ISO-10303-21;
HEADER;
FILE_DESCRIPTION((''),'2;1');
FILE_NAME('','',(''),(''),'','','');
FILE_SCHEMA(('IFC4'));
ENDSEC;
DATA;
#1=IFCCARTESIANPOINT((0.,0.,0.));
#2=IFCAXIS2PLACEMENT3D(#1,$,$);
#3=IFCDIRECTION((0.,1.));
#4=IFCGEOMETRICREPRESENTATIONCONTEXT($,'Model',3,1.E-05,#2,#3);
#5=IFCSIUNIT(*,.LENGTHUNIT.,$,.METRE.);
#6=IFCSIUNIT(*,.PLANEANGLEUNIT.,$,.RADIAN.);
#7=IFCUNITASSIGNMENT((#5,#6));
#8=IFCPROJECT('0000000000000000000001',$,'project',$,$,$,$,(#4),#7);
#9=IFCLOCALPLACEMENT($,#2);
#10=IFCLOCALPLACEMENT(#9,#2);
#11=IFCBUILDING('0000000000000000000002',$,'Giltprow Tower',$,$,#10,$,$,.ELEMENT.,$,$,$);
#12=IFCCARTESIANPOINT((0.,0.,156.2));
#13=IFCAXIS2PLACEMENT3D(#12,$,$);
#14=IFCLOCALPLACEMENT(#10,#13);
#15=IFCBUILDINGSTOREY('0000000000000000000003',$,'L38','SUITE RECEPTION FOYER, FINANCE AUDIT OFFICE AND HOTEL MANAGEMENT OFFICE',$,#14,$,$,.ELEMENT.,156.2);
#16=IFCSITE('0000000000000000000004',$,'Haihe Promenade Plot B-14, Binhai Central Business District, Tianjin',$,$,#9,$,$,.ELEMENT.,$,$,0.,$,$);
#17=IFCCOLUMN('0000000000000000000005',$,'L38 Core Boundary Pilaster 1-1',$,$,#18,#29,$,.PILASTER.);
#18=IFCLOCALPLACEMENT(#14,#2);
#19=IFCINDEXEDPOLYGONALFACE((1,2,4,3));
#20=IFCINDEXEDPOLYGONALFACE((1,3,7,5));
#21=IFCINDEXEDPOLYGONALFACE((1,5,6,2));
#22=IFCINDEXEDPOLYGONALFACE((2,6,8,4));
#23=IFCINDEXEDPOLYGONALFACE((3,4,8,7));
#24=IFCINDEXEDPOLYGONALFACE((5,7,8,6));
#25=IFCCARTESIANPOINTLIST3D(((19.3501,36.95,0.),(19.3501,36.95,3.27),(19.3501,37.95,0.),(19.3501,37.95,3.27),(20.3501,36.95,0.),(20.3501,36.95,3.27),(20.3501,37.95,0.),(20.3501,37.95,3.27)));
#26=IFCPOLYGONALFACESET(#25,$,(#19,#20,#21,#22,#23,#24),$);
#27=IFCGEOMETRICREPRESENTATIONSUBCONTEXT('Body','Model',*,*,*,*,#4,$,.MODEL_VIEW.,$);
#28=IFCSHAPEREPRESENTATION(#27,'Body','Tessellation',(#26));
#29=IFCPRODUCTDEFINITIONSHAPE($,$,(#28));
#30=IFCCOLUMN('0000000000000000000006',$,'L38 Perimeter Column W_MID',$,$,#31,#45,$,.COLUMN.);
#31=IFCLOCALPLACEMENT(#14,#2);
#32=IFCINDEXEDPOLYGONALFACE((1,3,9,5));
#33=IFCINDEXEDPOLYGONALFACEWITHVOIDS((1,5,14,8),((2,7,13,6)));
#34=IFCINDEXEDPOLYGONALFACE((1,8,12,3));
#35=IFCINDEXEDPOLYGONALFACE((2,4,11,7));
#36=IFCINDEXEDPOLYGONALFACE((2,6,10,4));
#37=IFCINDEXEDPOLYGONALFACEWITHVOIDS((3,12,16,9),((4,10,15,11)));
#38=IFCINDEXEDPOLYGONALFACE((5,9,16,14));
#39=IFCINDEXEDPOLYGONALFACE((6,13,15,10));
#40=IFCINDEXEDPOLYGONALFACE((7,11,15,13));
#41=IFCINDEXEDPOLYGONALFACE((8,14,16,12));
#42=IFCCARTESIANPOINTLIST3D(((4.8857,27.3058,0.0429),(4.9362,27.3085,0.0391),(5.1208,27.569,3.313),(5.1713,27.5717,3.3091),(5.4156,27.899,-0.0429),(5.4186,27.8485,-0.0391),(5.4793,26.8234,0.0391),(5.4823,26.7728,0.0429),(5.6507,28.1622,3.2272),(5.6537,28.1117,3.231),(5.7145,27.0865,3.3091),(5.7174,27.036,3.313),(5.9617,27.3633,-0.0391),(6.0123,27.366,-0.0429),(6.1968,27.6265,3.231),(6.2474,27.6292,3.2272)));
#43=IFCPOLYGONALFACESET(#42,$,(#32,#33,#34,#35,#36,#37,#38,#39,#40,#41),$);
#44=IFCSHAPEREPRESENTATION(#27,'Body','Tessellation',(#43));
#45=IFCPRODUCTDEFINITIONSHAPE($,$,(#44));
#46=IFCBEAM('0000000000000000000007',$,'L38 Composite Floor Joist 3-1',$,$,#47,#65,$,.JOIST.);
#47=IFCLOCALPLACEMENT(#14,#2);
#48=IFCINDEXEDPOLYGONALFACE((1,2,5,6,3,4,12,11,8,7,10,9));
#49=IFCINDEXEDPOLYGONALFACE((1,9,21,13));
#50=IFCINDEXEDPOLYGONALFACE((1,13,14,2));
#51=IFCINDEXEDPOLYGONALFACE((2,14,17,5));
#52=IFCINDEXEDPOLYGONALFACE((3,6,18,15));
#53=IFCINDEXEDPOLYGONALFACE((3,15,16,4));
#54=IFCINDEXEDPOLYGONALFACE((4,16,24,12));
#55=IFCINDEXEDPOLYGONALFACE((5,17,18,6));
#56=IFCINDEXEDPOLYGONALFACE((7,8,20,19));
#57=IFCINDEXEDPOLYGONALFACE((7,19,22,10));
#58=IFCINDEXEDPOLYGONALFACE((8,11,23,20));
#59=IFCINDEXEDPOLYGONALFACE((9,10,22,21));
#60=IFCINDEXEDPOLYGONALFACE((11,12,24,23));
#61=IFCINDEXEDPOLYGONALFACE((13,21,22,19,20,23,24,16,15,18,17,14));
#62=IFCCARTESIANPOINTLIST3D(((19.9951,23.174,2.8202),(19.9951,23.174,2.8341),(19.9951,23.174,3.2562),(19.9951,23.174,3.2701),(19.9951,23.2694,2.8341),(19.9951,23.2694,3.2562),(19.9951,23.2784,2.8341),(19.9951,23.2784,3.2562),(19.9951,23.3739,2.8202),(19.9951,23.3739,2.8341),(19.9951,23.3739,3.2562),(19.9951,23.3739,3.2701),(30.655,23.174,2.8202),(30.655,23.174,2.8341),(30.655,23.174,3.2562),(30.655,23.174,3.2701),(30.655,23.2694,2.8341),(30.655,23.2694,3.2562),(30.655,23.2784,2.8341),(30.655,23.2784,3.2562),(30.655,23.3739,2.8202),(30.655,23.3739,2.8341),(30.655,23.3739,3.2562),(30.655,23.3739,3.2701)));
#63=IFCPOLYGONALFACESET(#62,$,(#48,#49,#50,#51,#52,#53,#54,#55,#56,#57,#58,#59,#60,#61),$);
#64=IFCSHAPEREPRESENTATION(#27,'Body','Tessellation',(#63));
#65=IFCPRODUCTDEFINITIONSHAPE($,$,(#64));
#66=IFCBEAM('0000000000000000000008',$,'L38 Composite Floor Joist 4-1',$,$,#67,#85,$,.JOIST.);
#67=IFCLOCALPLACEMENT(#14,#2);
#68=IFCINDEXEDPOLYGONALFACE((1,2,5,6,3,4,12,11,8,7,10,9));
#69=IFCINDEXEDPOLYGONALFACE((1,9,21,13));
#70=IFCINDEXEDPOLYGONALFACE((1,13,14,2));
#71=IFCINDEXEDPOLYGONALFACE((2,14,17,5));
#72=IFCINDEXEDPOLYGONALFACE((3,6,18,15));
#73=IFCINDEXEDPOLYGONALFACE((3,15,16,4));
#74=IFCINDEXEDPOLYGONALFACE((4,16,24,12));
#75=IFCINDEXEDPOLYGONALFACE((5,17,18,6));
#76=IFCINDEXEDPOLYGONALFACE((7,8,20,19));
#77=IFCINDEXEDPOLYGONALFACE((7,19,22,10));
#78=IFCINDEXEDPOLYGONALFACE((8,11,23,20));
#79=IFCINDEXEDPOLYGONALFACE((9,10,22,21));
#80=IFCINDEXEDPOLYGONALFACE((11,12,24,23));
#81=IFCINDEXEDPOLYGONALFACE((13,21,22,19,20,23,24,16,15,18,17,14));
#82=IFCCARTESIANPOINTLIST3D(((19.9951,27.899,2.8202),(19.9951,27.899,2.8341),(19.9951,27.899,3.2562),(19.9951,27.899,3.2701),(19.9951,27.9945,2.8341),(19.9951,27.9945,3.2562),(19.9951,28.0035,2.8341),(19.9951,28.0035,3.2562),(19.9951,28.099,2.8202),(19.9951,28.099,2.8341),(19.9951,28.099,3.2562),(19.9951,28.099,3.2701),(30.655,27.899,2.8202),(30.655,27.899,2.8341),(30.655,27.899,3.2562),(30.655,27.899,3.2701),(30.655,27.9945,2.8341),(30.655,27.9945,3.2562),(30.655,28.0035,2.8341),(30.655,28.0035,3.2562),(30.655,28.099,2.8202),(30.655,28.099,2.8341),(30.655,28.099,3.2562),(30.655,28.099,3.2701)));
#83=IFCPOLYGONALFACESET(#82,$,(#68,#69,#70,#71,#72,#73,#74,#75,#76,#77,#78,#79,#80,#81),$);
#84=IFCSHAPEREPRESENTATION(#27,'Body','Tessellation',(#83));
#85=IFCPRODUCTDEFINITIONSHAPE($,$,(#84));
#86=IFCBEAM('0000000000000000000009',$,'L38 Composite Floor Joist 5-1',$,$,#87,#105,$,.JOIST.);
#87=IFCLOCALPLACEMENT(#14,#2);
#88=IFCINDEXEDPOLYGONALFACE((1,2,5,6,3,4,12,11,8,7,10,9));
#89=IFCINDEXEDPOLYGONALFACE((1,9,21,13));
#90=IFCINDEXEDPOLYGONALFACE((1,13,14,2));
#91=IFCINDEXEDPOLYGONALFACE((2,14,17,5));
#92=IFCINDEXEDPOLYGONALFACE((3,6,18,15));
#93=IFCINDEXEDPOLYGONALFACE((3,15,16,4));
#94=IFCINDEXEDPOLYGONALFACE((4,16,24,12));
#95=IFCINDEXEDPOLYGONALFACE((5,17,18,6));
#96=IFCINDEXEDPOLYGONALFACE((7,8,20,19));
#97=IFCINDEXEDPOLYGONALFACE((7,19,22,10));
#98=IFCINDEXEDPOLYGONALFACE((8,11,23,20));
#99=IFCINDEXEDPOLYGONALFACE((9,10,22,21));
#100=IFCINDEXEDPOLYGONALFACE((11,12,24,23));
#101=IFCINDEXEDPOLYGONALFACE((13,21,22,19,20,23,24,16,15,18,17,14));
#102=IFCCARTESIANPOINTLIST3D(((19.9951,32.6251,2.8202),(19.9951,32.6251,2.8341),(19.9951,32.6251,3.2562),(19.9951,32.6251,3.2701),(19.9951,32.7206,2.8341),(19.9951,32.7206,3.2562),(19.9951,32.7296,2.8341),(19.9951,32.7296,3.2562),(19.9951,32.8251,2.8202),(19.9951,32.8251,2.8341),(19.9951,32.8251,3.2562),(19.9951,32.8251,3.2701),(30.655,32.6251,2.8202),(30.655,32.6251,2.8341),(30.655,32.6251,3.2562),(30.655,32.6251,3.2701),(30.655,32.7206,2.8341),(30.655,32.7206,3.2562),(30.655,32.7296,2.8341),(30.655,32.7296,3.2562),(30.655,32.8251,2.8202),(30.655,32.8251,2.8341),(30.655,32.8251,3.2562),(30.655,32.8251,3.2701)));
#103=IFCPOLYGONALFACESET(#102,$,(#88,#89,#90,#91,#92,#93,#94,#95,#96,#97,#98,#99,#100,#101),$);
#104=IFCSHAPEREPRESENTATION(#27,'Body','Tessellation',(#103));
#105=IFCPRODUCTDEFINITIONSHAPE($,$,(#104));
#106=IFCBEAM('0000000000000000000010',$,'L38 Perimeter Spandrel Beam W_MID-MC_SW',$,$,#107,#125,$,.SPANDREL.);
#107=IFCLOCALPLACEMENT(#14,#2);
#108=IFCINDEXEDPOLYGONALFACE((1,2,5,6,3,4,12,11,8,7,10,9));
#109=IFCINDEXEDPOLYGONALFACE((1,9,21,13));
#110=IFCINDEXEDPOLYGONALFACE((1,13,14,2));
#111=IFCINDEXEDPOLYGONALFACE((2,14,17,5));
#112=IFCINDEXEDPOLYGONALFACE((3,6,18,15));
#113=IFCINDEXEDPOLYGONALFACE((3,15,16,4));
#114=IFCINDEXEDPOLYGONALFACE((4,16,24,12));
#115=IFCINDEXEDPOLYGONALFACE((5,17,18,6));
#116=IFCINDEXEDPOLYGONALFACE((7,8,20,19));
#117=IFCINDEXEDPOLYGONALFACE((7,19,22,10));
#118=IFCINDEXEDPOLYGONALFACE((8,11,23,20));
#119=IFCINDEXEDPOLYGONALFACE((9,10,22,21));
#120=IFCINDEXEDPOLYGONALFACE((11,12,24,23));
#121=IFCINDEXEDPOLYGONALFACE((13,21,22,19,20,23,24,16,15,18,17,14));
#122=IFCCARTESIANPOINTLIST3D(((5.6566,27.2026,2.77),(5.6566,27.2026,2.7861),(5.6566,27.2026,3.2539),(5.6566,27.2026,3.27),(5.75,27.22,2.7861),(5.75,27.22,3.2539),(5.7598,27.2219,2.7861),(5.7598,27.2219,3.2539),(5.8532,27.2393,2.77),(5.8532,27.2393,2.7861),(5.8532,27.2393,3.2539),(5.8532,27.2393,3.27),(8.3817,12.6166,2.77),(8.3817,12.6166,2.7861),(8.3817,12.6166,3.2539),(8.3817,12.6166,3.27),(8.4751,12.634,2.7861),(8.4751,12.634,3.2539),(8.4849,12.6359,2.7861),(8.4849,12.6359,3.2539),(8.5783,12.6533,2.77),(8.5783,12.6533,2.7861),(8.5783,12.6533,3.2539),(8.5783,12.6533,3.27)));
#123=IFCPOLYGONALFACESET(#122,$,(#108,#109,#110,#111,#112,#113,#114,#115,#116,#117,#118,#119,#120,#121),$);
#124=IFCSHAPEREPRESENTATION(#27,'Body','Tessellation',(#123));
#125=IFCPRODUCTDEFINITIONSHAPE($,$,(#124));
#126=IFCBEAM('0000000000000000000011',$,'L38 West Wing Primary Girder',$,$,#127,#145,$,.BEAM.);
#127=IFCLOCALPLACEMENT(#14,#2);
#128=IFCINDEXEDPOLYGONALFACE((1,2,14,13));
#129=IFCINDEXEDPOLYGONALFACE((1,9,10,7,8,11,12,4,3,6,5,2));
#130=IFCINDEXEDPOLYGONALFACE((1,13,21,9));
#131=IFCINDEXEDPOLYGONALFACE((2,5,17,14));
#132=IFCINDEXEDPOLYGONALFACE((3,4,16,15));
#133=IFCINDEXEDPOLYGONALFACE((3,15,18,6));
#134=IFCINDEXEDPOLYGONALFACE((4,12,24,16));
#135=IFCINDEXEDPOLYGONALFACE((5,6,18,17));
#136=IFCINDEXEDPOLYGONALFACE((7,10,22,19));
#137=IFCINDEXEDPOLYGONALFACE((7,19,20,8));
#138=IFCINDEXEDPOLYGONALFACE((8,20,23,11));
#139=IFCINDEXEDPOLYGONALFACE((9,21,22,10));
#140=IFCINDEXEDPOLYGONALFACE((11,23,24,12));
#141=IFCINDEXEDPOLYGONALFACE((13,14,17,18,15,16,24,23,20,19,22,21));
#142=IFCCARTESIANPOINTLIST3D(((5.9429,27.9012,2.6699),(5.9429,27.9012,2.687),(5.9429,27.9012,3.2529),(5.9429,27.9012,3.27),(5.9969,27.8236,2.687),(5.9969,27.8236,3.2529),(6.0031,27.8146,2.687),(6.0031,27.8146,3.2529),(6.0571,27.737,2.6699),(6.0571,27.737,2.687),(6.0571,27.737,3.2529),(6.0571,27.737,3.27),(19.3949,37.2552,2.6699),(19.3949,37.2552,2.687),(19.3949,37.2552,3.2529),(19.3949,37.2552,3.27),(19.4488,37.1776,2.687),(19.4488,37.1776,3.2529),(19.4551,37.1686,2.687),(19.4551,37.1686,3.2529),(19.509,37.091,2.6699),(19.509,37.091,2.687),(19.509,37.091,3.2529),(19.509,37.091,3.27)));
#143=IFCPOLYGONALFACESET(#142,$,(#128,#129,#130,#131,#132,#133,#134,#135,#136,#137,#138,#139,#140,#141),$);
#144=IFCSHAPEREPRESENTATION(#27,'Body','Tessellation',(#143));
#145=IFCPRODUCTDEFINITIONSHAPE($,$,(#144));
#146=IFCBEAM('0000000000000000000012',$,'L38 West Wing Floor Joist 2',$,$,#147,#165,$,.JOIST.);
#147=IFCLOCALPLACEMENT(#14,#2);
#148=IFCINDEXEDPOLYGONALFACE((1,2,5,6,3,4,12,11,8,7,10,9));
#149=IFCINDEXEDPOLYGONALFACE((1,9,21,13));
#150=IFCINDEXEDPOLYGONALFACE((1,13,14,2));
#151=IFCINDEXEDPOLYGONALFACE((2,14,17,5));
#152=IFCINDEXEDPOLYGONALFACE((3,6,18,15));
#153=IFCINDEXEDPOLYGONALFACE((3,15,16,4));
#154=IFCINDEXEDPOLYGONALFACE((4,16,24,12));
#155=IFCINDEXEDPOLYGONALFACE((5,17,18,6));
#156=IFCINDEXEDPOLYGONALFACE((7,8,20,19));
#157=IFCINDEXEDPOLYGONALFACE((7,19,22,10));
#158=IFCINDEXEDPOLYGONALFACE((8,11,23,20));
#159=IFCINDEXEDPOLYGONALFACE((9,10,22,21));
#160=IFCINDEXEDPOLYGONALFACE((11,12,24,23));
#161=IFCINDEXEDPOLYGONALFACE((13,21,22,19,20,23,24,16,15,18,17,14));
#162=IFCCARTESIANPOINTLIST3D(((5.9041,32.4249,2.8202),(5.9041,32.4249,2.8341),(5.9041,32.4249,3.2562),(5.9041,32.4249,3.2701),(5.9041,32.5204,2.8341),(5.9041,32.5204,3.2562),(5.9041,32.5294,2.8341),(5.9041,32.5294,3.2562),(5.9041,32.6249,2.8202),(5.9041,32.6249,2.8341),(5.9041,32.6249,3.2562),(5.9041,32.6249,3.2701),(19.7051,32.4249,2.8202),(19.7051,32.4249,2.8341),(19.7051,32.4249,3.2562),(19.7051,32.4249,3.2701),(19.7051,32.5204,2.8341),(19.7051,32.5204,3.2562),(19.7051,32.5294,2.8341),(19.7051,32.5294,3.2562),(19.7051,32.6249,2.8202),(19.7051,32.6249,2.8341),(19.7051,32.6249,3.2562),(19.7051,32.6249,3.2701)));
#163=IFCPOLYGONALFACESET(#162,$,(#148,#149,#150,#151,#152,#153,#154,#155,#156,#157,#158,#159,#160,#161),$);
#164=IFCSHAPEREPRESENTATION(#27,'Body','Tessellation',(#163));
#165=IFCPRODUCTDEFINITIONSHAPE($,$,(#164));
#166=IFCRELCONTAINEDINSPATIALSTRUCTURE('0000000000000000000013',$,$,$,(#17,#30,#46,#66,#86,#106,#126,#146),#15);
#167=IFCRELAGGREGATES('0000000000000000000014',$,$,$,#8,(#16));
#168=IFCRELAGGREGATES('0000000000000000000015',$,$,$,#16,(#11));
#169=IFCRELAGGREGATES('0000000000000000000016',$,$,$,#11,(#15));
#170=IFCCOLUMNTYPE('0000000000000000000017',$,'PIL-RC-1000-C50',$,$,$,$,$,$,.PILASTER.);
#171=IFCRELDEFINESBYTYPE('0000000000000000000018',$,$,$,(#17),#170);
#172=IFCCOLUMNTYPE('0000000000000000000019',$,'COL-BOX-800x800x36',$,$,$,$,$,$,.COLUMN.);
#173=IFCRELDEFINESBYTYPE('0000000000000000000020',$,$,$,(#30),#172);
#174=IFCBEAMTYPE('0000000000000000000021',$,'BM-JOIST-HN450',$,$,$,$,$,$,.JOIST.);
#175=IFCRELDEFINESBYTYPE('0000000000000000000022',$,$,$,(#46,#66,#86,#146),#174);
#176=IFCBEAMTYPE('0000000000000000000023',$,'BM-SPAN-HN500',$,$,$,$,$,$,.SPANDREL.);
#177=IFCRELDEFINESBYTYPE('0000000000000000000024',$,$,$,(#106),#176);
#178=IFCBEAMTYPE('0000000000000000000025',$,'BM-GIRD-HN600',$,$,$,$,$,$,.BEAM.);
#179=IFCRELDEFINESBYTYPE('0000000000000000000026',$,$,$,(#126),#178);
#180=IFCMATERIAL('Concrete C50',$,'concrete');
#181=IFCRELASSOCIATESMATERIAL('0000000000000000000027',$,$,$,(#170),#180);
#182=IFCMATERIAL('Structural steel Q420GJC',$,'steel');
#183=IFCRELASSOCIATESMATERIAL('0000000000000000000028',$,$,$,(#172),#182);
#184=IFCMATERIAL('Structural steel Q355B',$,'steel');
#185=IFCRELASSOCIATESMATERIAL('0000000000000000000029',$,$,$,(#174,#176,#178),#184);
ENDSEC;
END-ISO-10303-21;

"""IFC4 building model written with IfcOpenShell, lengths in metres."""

from ifc_helpers import new_model, si_unit, direction, frame, origin, origin_2d, place, context, subcontext, project, spatial, rectangle, hollow_rectangle, i_section, extrude, source, transform, mapped, material, material_profile, profile_set, type_object, element, save


model = new_model("IFC4")

# Units and contexts
model_context = context("Model", 3, precision=1e-05, world=origin(), true_north=direction((0.0, 1.0)))
body_context = subcontext(model_context, "Body", "Model", "MODEL_VIEW")
ifc_project = project(units=[si_unit("LENGTHUNIT", "METRE"), si_unit("PLANEANGLEUNIT", "RADIAN")], contexts=[model_context])

# Site, building, storey
site_placement = place(None, origin())
site = spatial("IfcSite", under=ifc_project, at=site_placement, Name="Haihe Promenade Plot B-14, Binhai Central Business District, Tianjin", CompositionType="ELEMENT", RefElevation=0.0)
building_placement = place(site_placement, origin())
building = spatial("IfcBuilding", under=site, at=building_placement, Name="Giltprow Tower", CompositionType="ELEMENT")
storey_placement = place(building_placement, frame((0.0, 0.0, 156.2)))
storey = spatial("IfcBuildingStorey", under=building, at=storey_placement, Name="L38", Description="SUITE RECEPTION FOYER, FINANCE AUDIT OFFICE AND HOTEL MANAGEMENT OFFICE", CompositionType="ELEMENT", Elevation=156.2)

# Columns
ifc_material_1 = material(Name="Concrete C50", Category="concrete")
ifc_material_profile_1 = material_profile(ifc_material_1, rectangle(XDim=1.0, YDim=1.0, at=origin_2d()), Name="RC 1000x1000")
ifc_profile_set_1 = profile_set([ifc_material_profile_1], Name="Concrete C50")
column_type_1 = type_object("IfcColumnType", Name="PIL-RC-1000-C50", PredefinedType="PILASTER", material=ifc_profile_set_1)
shared_shape_1 = source(origin(), body_context, "Body", "SweptSolid", [
    extrude(rectangle(XDim=1.0, YDim=1.0, at=origin_2d()), origin(), (0.0, 0.0, 1.0), 3.27),
])
column_1_placement = place(storey_placement, frame((19.8501, 37.45, 0.0), z_axis=(0.0, 0.0, 1.0), x_axis=(1.0, 0.0, 0.0)))
element("IfcColumn", 1, at=column_1_placement, inside=storey, type_object=column_type_1, Name="L38 Core Boundary Pilaster 1-1", PredefinedType="PILASTER", context=body_context, shape_type="MappedRepresentation", body=[
    mapped(shared_shape_1, transform((0.0, 0.0, 0.0), x_axis=(1.0, 0.0, 0.0), y_axis=(0.0, 1.0, 0.0), z_axis=(0.0, 0.0, 1.0), scale=1.0)),
])
ifc_material_2 = material(Name="Structural steel Q420GJC", Category="steel")
ifc_material_profile_2 = material_profile(ifc_material_2, hollow_rectangle(XDim=0.8, YDim=0.8, WallThickness=0.0359, at=origin_2d()), Name="BOX 800x800x36")
ifc_profile_set_2 = profile_set([ifc_material_profile_2], Name="Structural steel Q420GJC")
column_type_2 = type_object("IfcColumnType", Name="COL-BOX-800x800x36", PredefinedType="COLUMN", material=ifc_profile_set_2)
shared_shape_2 = source(origin(), body_context, "Body", "SweptSolid", [
    extrude(hollow_rectangle(XDim=0.8, YDim=0.8, WallThickness=0.0359, at=origin_2d()), origin(), (0.0, 0.0, 1.0), 3.2891),
])
column_2_placement = place(storey_placement, frame((5.449, 27.3359, 0.0), z_axis=(0.071483, 0.080019, 0.994227), x_axis=(-0.745766, 0.666208, 0.0)))
element("IfcColumn", 2, at=column_2_placement, inside=storey, type_object=column_type_2, Name="L38 Perimeter Column W_MID", PredefinedType="COLUMN", context=body_context, shape_type="MappedRepresentation", body=[
    mapped(shared_shape_2, transform((0.0, 0.0, 0.0), x_axis=(1.0, 0.0, 0.0), y_axis=(0.0, 1.0, 0.0), z_axis=(0.0, 0.0, 1.0), scale=1.0)),
])

# Beams
ifc_material_3 = material(Name="Structural steel Q355B", Category="steel")
ifc_material_profile_3 = material_profile(ifc_material_3, i_section(OverallWidth=0.2, OverallDepth=0.45, WebThickness=0.009, FlangeThickness=0.0139, at=origin_2d()), Name="HN 450x200x9x14")
ifc_profile_set_3 = profile_set([ifc_material_profile_3], Name="Structural steel Q355B")
beam_type_1 = type_object("IfcBeamType", Name="BM-JOIST-HN450", PredefinedType="JOIST", material=ifc_profile_set_3)
shared_shape_3 = source(origin(), body_context, "Body", "SweptSolid", [
    extrude(i_section(OverallWidth=0.2, OverallDepth=0.45, WebThickness=0.009, FlangeThickness=0.0139, at=origin_2d()), origin(), (0.0, 0.0, 1.0), 10.6599),
])
for number, where, z_axis, x_axis, name in (
    (3, (19.9951, 23.2739, 3.0452), (1.0, 0.0, 0.0), (0.0, 1.0, 0.0), "L38 Composite Floor Joist 3-1"),
    (4, (19.9951, 27.999, 3.0452), (1.0, 0.0, 0.0), (0.0, 1.0, 0.0), "L38 Composite Floor Joist 4-1"),
    (5, (19.9951, 32.7251, 3.0452), (1.0, 0.0, 0.0), (0.0, 1.0, 0.0), "L38 Composite Floor Joist 5-1"),
):
    element("IfcBeam", number, at=place(storey_placement, frame(where, z_axis=z_axis, x_axis=x_axis)), inside=storey, type_object=beam_type_1, Name=name, PredefinedType="JOIST", context=body_context, shape_type="MappedRepresentation", body=[
        mapped(shared_shape_3, transform((0.0, 0.0, 0.0), x_axis=(1.0, 0.0, 0.0), y_axis=(0.0, 1.0, 0.0), z_axis=(0.0, 0.0, 1.0), scale=1.0)),
    ])
ifc_material_profile_4 = material_profile(ifc_material_3, i_section(OverallWidth=0.2, OverallDepth=0.5, WebThickness=0.01, FlangeThickness=0.0161, at=origin_2d()), Name="HN 500x200x10x16")
ifc_profile_set_4 = profile_set([ifc_material_profile_4], Name="Structural steel Q355B")
beam_type_2 = type_object("IfcBeamType", Name="BM-SPAN-HN500", PredefinedType="SPANDREL", material=ifc_profile_set_4)
shared_shape_4 = source(origin(), body_context, "Body", "SweptSolid", [
    extrude(i_section(OverallWidth=0.2, OverallDepth=0.5, WebThickness=0.01, FlangeThickness=0.0161, at=origin_2d()), origin(), (0.0, 0.0, 1.0), 14.8384),
])
beam_1_placement = place(storey_placement, frame((5.7549, 27.2209, 3.02), z_axis=(0.183653, -0.982991, 0.0), x_axis=(0.982991, 0.183653, 0.0)))
element("IfcBeam", 6, at=beam_1_placement, inside=storey, type_object=beam_type_2, Name="L38 Perimeter Spandrel Beam W_MID-MC_SW", PredefinedType="SPANDREL", context=body_context, shape_type="MappedRepresentation", body=[
    mapped(shared_shape_4, transform((0.0, 0.0, 0.0), x_axis=(1.0, 0.0, 0.0), y_axis=(0.0, 1.0, 0.0), z_axis=(0.0, 0.0, 1.0), scale=1.0)),
])
ifc_material_profile_5 = material_profile(ifc_material_3, i_section(OverallWidth=0.2, OverallDepth=0.6001, WebThickness=0.011, FlangeThickness=0.0171, at=origin_2d()), Name="HN 600x200x11x17")
ifc_profile_set_5 = profile_set([ifc_material_profile_5], Name="Structural steel Q355B")
beam_type_3 = type_object("IfcBeamType", Name="BM-GIRD-HN600", PredefinedType="BEAM", material=ifc_profile_set_5)
shared_shape_5 = source(origin(), body_context, "Body", "SweptSolid", [
    extrude(i_section(OverallWidth=0.2, OverallDepth=0.6001, WebThickness=0.011, FlangeThickness=0.0171, at=origin_2d()), origin(), (0.0, 0.0, 1.0), 16.3845),
])
beam_2_placement = place(storey_placement, frame((6.0, 27.8191, 2.97), z_axis=(0.821015, 0.570906, 0.0), x_axis=(-0.570906, 0.821015, 0.0)))
element("IfcBeam", 7, at=beam_2_placement, inside=storey, type_object=beam_type_3, Name="L38 West Wing Primary Girder", PredefinedType="BEAM", context=body_context, shape_type="MappedRepresentation", body=[
    mapped(shared_shape_5, transform((0.0, 0.0, 0.0), x_axis=(1.0, 0.0, 0.0), y_axis=(0.0, 1.0, 0.0), z_axis=(0.0, 0.0, 1.0), scale=1.0)),
])
shared_shape_6 = source(origin(), body_context, "Body", "SweptSolid", [
    extrude(i_section(OverallWidth=0.2, OverallDepth=0.45, WebThickness=0.009, FlangeThickness=0.0139, at=origin_2d()), origin(), (0.0, 0.0, 1.0), 13.801),
])
beam_3_placement = place(storey_placement, frame((5.9041, 32.5249, 3.0452), z_axis=(1.0, 0.0, 0.0), x_axis=(0.0, 1.0, 0.0)))
element("IfcBeam", 8, at=beam_3_placement, inside=storey, type_object=beam_type_1, Name="L38 West Wing Floor Joist 2", PredefinedType="JOIST", context=body_context, shape_type="MappedRepresentation", body=[
    mapped(shared_shape_6, transform((0.0, 0.0, 0.0), x_axis=(1.0, 0.0, 0.0), y_axis=(0.0, 1.0, 0.0), z_axis=(0.0, 0.0, 1.0), scale=1.0)),
])

save(model, "model.ifc")
